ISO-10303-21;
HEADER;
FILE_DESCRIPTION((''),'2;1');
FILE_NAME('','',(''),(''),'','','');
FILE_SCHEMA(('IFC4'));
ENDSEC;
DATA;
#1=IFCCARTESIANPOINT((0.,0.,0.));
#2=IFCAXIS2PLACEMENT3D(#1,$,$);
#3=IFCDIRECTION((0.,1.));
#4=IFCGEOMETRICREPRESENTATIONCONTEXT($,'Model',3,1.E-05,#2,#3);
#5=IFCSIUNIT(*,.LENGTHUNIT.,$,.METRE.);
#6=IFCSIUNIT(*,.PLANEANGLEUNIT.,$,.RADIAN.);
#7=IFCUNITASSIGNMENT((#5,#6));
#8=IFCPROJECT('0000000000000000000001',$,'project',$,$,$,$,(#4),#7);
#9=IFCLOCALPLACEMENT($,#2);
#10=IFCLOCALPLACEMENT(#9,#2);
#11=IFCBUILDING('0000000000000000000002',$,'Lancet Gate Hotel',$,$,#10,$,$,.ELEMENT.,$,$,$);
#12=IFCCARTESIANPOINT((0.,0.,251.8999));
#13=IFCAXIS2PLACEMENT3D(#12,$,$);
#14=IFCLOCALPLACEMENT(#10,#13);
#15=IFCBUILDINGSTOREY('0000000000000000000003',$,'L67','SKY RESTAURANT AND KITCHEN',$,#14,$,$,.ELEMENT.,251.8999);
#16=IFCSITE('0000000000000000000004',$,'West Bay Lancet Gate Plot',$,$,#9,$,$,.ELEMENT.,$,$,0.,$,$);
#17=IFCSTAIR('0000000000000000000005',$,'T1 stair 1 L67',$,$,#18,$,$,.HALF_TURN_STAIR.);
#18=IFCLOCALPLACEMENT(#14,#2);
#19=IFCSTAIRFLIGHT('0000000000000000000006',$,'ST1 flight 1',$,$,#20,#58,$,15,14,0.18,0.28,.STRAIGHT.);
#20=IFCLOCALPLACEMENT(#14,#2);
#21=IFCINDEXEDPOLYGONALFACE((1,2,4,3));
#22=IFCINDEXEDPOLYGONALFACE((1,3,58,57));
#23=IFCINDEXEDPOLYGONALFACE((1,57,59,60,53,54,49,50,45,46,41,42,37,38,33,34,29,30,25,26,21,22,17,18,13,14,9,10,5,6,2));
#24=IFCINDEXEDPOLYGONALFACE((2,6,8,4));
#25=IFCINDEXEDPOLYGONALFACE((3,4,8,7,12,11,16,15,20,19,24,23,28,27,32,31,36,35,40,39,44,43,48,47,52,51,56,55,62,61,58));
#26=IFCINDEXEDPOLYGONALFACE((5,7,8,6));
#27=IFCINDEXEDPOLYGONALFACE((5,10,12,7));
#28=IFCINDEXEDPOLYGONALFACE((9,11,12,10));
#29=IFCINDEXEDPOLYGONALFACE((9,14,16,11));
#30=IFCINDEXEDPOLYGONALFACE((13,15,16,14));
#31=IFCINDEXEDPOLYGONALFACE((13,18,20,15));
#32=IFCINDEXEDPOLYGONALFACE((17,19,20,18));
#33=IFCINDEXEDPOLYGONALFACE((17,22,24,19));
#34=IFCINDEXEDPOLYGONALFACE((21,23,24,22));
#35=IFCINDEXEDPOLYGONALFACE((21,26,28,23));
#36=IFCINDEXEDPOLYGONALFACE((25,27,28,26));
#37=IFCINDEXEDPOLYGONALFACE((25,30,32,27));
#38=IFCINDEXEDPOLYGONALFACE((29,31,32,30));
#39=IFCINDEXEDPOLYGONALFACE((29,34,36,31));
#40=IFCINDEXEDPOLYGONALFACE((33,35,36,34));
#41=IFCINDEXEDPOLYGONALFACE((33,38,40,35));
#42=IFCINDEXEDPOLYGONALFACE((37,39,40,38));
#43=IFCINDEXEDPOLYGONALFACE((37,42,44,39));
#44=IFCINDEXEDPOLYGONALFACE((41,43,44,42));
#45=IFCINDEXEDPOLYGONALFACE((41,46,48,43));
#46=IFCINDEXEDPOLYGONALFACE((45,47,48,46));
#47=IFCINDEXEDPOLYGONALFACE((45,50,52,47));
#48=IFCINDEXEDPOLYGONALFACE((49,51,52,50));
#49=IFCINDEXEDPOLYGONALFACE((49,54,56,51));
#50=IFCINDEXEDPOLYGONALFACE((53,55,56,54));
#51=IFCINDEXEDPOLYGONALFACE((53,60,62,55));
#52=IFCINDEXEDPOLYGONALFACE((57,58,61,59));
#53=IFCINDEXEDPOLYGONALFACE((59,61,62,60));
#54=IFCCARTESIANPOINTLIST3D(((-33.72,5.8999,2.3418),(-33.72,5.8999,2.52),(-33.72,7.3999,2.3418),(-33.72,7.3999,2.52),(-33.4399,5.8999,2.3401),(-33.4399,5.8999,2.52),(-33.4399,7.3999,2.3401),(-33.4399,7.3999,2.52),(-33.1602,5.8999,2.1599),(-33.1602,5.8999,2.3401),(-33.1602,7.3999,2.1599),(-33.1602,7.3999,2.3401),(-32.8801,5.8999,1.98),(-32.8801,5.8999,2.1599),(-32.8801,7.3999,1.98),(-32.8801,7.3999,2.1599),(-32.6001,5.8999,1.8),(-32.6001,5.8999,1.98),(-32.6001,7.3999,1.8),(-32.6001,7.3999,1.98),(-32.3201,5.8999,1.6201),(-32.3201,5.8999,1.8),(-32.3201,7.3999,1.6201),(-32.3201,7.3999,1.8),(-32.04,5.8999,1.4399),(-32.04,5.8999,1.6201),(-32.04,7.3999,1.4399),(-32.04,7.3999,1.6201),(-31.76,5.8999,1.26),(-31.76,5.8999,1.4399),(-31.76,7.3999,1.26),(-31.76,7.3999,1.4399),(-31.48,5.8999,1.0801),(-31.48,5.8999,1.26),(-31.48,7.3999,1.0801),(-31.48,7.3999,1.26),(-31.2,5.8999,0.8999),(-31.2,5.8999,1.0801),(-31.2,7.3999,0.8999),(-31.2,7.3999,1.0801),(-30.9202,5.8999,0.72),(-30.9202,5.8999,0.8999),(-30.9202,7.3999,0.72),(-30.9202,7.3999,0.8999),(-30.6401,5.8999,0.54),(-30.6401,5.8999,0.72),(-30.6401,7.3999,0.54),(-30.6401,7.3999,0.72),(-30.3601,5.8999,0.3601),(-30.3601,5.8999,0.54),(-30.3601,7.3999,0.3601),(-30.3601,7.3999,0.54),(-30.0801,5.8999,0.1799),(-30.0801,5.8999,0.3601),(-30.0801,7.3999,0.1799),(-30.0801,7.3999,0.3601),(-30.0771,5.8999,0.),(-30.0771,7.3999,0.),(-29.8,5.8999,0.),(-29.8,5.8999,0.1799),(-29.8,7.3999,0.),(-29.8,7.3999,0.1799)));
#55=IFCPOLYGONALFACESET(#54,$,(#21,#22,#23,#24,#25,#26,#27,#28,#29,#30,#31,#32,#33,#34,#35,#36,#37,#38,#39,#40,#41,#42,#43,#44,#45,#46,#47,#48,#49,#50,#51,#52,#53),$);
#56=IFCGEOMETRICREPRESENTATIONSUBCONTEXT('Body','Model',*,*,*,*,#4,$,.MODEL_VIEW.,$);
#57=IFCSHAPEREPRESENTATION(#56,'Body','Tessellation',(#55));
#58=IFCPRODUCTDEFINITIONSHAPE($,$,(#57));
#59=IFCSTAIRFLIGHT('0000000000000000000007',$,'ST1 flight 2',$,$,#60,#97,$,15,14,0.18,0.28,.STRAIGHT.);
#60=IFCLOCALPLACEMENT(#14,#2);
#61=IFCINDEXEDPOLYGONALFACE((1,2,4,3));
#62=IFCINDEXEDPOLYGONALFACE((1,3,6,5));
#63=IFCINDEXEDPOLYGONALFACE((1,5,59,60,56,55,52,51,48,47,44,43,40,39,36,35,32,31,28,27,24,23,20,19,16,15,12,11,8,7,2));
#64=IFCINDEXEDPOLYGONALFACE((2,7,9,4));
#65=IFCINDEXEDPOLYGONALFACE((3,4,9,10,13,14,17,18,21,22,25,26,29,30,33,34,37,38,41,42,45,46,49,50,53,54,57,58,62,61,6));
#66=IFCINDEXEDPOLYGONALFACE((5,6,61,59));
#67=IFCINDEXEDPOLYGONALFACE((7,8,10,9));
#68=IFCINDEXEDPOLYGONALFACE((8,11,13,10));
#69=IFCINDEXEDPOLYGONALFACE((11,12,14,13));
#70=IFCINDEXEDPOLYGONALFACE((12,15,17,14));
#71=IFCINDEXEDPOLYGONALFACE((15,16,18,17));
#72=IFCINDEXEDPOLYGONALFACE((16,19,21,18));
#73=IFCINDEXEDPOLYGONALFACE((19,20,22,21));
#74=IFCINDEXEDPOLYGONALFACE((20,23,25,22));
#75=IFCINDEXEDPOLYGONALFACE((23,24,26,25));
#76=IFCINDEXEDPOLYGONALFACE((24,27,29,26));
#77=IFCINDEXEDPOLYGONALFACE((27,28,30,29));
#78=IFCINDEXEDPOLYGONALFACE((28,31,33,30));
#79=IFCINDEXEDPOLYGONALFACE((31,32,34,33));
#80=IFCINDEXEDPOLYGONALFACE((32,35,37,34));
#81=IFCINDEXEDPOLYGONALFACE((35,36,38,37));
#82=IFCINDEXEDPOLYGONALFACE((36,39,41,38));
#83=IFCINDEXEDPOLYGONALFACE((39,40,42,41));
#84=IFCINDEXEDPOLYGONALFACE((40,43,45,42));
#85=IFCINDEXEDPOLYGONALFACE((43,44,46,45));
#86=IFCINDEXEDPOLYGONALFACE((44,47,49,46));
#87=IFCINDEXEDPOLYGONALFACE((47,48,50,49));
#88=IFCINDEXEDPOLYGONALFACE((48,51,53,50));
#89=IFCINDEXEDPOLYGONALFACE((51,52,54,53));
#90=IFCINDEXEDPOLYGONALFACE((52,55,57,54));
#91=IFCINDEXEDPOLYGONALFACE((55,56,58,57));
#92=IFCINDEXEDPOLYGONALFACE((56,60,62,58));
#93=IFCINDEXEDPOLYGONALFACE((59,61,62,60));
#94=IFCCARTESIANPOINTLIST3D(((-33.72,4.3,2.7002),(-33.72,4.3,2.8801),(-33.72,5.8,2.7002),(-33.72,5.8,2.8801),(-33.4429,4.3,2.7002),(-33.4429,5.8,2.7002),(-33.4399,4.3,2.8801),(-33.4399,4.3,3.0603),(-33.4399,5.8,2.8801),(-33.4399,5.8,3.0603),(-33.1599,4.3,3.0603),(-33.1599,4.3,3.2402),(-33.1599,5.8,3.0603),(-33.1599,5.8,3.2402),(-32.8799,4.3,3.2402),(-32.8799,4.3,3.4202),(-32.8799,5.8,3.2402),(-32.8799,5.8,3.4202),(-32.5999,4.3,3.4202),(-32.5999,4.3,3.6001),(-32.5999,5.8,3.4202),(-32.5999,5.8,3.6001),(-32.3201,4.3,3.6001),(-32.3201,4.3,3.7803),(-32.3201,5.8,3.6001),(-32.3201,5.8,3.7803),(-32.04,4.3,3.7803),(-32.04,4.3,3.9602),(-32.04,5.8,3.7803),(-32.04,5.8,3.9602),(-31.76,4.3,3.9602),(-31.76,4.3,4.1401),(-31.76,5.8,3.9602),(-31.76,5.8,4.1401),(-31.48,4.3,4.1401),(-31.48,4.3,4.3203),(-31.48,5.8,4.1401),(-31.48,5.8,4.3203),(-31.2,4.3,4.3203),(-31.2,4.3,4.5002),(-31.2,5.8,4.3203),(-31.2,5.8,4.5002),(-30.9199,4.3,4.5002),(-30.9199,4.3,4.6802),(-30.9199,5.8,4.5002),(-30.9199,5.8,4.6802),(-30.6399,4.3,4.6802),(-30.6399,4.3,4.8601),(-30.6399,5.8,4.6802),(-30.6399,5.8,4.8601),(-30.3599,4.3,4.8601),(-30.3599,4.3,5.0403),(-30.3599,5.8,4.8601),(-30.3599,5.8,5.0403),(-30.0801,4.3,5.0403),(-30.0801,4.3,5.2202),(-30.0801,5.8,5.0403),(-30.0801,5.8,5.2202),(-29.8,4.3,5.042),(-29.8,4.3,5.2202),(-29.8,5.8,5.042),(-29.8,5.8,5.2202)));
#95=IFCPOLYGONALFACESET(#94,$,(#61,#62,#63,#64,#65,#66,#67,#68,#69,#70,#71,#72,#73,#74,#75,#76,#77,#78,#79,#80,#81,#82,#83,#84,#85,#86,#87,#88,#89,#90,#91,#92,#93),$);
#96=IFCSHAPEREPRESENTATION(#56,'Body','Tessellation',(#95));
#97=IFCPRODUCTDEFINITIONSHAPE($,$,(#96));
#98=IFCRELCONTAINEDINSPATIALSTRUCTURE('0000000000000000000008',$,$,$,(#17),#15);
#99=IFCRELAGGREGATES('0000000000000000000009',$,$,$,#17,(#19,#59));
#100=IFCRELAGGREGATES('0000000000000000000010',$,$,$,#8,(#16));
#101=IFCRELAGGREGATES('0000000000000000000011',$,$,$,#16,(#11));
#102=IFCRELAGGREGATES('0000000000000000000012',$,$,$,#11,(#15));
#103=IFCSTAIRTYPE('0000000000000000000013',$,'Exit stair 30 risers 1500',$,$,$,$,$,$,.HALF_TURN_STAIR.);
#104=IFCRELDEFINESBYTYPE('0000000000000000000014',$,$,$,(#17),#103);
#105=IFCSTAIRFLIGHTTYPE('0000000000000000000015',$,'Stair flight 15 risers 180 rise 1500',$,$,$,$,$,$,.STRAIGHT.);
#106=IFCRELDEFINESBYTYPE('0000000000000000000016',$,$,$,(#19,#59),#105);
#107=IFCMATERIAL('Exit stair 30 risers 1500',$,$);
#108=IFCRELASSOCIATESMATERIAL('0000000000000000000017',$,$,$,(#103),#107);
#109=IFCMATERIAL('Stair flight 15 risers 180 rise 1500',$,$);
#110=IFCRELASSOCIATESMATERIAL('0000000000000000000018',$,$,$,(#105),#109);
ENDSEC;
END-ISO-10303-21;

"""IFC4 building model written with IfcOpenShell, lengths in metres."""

from ifc_helpers import new_model, si_unit, direction, frame, origin, place, context, subcontext, project, spatial, polyline, outline, extrude, material, type_object, element, aggregate, save


model = new_model("IFC4")

# Units and contexts
model_context = context("Model", 3, precision=1e-05, world=origin(), true_north=direction((0.0, 1.0)))
body_context = subcontext(model_context, "Body", "Model", "MODEL_VIEW")
ifc_project = project(units=[si_unit("LENGTHUNIT", "METRE"), si_unit("PLANEANGLEUNIT", "RADIAN")], contexts=[model_context])

# Site, building, storey
site_placement = place(None, origin())
site = spatial("IfcSite", under=ifc_project, at=site_placement, Name="West Bay Lancet Gate Plot", CompositionType="ELEMENT", RefElevation=0.0)
building_placement = place(site_placement, origin())
building = spatial("IfcBuilding", under=site, at=building_placement, Name="Lancet Gate Hotel", CompositionType="ELEMENT")
storey_placement = place(building_placement, frame((0.0, 0.0, 251.8999)))
storey = spatial("IfcBuildingStorey", under=building, at=storey_placement, Name="L67", Description="SKY RESTAURANT AND KITCHEN", CompositionType="ELEMENT", Elevation=251.8999)

# Stair, stair flights
ifc_material_1 = material(Name="Exit stair 30 risers 1500")
stair_type = type_object("IfcStairType", Name="Exit stair 30 risers 1500", PredefinedType="HALF_TURN_STAIR", material=ifc_material_1)
stair_placement = place(storey_placement, origin())
stair = element("IfcStair", 1, at=stair_placement, inside=storey, type_object=stair_type, Name="T1 stair 1 L67", PredefinedType="HALF_TURN_STAIR")
ifc_material_2 = material(Name="Stair flight 15 risers 180 rise 1500")
stair_flight_type = type_object("IfcStairFlightType", Name="Stair flight 15 risers 180 rise 1500", PredefinedType="STRAIGHT", material=ifc_material_2)
stair_flight_1_placement = place(storey_placement, frame((-29.8, 6.6499, 0.0), z_axis=(0.0, 0.0, 1.0), x_axis=(-1.0, 0.0, 0.0)))
stair_flight_1 = element("IfcStairFlight", 2, at=stair_flight_1_placement, type_object=stair_flight_type, Name="ST1 flight 1", NumberOfRisers=15, NumberOfTreads=14, PredefinedType="STRAIGHT", RiserHeight=0.18, TreadLength=0.28, context=body_context, shape_type="SweptSolid", body=[
    extrude(outline(polyline([(0.0, 0.0), (0.0, 0.1799), (0.28, 0.1799), (0.28, 0.3601), (0.5601, 0.3601), (0.5601, 0.54), (0.8401, 0.54), (0.8401, 0.72), (1.1201, 0.72), (1.1201, 0.8999), (1.3999, 0.8999), (1.3999, 1.0801), (1.6799, 1.0801), (1.6799, 1.26), (1.96, 1.26), (1.96, 1.4399), (2.24, 1.4399), (2.24, 1.6201), (2.52, 1.6201), (2.52, 1.8), (2.8, 1.8), (2.8, 1.98), (3.0801, 1.98), (3.0801, 2.1599), (3.3601, 2.1599), (3.3601, 2.3401), (3.6399, 2.3401), (3.6399, 2.52), (3.9199, 2.52), (3.9199, 2.7), (3.9199, 2.3418), (0.2771, 0.0), (0.0, 0.0)])), frame((0.0, 0.75, 0.0), z_axis=(0.0, -1.0, 0.0), x_axis=(1.0, 0.0, 0.0)), (0.0, 0.0, 1.0), 1.5),
])
stair_flight_2_placement = place(storey_placement, frame((-33.72, 5.05, 2.7002), z_axis=(0.0, 0.0, 1.0), x_axis=(1.0, 0.0, 0.0)))
stair_flight_2 = element("IfcStairFlight", 3, at=stair_flight_2_placement, type_object=stair_flight_type, Name="ST1 flight 2", NumberOfRisers=15, NumberOfTreads=14, PredefinedType="STRAIGHT", RiserHeight=0.18, TreadLength=0.28, context=body_context, shape_type="SweptSolid", body=[
    extrude(outline(polyline([(0.0, 0.0), (0.0, 0.1799), (0.28, 0.1799), (0.28, 0.3601), (0.5601, 0.3601), (0.5601, 0.54), (0.8401, 0.54), (0.8401, 0.72), (1.1201, 0.72), (1.1201, 0.8999), (1.3999, 0.8999), (1.3999, 1.0801), (1.6799, 1.0801), (1.6799, 1.26), (1.96, 1.26), (1.96, 1.4399), (2.24, 1.4399), (2.24, 1.6201), (2.52, 1.6201), (2.52, 1.8), (2.8, 1.8), (2.8, 1.98), (3.0801, 1.98), (3.0801, 2.1599), (3.3601, 2.1599), (3.3601, 2.3401), (3.6399, 2.3401), (3.6399, 2.52), (3.9199, 2.52), (3.9199, 2.7), (3.9199, 2.3418), (0.2771, 0.0), (0.0, 0.0)])), frame((0.0, 0.75, 0.0), z_axis=(0.0, -1.0, 0.0), x_axis=(1.0, 0.0, 0.0)), (0.0, 0.0, 1.0), 1.5),
])
aggregate(stair, [stair_flight_1, stair_flight_2])

save(model, "model.ifc")
